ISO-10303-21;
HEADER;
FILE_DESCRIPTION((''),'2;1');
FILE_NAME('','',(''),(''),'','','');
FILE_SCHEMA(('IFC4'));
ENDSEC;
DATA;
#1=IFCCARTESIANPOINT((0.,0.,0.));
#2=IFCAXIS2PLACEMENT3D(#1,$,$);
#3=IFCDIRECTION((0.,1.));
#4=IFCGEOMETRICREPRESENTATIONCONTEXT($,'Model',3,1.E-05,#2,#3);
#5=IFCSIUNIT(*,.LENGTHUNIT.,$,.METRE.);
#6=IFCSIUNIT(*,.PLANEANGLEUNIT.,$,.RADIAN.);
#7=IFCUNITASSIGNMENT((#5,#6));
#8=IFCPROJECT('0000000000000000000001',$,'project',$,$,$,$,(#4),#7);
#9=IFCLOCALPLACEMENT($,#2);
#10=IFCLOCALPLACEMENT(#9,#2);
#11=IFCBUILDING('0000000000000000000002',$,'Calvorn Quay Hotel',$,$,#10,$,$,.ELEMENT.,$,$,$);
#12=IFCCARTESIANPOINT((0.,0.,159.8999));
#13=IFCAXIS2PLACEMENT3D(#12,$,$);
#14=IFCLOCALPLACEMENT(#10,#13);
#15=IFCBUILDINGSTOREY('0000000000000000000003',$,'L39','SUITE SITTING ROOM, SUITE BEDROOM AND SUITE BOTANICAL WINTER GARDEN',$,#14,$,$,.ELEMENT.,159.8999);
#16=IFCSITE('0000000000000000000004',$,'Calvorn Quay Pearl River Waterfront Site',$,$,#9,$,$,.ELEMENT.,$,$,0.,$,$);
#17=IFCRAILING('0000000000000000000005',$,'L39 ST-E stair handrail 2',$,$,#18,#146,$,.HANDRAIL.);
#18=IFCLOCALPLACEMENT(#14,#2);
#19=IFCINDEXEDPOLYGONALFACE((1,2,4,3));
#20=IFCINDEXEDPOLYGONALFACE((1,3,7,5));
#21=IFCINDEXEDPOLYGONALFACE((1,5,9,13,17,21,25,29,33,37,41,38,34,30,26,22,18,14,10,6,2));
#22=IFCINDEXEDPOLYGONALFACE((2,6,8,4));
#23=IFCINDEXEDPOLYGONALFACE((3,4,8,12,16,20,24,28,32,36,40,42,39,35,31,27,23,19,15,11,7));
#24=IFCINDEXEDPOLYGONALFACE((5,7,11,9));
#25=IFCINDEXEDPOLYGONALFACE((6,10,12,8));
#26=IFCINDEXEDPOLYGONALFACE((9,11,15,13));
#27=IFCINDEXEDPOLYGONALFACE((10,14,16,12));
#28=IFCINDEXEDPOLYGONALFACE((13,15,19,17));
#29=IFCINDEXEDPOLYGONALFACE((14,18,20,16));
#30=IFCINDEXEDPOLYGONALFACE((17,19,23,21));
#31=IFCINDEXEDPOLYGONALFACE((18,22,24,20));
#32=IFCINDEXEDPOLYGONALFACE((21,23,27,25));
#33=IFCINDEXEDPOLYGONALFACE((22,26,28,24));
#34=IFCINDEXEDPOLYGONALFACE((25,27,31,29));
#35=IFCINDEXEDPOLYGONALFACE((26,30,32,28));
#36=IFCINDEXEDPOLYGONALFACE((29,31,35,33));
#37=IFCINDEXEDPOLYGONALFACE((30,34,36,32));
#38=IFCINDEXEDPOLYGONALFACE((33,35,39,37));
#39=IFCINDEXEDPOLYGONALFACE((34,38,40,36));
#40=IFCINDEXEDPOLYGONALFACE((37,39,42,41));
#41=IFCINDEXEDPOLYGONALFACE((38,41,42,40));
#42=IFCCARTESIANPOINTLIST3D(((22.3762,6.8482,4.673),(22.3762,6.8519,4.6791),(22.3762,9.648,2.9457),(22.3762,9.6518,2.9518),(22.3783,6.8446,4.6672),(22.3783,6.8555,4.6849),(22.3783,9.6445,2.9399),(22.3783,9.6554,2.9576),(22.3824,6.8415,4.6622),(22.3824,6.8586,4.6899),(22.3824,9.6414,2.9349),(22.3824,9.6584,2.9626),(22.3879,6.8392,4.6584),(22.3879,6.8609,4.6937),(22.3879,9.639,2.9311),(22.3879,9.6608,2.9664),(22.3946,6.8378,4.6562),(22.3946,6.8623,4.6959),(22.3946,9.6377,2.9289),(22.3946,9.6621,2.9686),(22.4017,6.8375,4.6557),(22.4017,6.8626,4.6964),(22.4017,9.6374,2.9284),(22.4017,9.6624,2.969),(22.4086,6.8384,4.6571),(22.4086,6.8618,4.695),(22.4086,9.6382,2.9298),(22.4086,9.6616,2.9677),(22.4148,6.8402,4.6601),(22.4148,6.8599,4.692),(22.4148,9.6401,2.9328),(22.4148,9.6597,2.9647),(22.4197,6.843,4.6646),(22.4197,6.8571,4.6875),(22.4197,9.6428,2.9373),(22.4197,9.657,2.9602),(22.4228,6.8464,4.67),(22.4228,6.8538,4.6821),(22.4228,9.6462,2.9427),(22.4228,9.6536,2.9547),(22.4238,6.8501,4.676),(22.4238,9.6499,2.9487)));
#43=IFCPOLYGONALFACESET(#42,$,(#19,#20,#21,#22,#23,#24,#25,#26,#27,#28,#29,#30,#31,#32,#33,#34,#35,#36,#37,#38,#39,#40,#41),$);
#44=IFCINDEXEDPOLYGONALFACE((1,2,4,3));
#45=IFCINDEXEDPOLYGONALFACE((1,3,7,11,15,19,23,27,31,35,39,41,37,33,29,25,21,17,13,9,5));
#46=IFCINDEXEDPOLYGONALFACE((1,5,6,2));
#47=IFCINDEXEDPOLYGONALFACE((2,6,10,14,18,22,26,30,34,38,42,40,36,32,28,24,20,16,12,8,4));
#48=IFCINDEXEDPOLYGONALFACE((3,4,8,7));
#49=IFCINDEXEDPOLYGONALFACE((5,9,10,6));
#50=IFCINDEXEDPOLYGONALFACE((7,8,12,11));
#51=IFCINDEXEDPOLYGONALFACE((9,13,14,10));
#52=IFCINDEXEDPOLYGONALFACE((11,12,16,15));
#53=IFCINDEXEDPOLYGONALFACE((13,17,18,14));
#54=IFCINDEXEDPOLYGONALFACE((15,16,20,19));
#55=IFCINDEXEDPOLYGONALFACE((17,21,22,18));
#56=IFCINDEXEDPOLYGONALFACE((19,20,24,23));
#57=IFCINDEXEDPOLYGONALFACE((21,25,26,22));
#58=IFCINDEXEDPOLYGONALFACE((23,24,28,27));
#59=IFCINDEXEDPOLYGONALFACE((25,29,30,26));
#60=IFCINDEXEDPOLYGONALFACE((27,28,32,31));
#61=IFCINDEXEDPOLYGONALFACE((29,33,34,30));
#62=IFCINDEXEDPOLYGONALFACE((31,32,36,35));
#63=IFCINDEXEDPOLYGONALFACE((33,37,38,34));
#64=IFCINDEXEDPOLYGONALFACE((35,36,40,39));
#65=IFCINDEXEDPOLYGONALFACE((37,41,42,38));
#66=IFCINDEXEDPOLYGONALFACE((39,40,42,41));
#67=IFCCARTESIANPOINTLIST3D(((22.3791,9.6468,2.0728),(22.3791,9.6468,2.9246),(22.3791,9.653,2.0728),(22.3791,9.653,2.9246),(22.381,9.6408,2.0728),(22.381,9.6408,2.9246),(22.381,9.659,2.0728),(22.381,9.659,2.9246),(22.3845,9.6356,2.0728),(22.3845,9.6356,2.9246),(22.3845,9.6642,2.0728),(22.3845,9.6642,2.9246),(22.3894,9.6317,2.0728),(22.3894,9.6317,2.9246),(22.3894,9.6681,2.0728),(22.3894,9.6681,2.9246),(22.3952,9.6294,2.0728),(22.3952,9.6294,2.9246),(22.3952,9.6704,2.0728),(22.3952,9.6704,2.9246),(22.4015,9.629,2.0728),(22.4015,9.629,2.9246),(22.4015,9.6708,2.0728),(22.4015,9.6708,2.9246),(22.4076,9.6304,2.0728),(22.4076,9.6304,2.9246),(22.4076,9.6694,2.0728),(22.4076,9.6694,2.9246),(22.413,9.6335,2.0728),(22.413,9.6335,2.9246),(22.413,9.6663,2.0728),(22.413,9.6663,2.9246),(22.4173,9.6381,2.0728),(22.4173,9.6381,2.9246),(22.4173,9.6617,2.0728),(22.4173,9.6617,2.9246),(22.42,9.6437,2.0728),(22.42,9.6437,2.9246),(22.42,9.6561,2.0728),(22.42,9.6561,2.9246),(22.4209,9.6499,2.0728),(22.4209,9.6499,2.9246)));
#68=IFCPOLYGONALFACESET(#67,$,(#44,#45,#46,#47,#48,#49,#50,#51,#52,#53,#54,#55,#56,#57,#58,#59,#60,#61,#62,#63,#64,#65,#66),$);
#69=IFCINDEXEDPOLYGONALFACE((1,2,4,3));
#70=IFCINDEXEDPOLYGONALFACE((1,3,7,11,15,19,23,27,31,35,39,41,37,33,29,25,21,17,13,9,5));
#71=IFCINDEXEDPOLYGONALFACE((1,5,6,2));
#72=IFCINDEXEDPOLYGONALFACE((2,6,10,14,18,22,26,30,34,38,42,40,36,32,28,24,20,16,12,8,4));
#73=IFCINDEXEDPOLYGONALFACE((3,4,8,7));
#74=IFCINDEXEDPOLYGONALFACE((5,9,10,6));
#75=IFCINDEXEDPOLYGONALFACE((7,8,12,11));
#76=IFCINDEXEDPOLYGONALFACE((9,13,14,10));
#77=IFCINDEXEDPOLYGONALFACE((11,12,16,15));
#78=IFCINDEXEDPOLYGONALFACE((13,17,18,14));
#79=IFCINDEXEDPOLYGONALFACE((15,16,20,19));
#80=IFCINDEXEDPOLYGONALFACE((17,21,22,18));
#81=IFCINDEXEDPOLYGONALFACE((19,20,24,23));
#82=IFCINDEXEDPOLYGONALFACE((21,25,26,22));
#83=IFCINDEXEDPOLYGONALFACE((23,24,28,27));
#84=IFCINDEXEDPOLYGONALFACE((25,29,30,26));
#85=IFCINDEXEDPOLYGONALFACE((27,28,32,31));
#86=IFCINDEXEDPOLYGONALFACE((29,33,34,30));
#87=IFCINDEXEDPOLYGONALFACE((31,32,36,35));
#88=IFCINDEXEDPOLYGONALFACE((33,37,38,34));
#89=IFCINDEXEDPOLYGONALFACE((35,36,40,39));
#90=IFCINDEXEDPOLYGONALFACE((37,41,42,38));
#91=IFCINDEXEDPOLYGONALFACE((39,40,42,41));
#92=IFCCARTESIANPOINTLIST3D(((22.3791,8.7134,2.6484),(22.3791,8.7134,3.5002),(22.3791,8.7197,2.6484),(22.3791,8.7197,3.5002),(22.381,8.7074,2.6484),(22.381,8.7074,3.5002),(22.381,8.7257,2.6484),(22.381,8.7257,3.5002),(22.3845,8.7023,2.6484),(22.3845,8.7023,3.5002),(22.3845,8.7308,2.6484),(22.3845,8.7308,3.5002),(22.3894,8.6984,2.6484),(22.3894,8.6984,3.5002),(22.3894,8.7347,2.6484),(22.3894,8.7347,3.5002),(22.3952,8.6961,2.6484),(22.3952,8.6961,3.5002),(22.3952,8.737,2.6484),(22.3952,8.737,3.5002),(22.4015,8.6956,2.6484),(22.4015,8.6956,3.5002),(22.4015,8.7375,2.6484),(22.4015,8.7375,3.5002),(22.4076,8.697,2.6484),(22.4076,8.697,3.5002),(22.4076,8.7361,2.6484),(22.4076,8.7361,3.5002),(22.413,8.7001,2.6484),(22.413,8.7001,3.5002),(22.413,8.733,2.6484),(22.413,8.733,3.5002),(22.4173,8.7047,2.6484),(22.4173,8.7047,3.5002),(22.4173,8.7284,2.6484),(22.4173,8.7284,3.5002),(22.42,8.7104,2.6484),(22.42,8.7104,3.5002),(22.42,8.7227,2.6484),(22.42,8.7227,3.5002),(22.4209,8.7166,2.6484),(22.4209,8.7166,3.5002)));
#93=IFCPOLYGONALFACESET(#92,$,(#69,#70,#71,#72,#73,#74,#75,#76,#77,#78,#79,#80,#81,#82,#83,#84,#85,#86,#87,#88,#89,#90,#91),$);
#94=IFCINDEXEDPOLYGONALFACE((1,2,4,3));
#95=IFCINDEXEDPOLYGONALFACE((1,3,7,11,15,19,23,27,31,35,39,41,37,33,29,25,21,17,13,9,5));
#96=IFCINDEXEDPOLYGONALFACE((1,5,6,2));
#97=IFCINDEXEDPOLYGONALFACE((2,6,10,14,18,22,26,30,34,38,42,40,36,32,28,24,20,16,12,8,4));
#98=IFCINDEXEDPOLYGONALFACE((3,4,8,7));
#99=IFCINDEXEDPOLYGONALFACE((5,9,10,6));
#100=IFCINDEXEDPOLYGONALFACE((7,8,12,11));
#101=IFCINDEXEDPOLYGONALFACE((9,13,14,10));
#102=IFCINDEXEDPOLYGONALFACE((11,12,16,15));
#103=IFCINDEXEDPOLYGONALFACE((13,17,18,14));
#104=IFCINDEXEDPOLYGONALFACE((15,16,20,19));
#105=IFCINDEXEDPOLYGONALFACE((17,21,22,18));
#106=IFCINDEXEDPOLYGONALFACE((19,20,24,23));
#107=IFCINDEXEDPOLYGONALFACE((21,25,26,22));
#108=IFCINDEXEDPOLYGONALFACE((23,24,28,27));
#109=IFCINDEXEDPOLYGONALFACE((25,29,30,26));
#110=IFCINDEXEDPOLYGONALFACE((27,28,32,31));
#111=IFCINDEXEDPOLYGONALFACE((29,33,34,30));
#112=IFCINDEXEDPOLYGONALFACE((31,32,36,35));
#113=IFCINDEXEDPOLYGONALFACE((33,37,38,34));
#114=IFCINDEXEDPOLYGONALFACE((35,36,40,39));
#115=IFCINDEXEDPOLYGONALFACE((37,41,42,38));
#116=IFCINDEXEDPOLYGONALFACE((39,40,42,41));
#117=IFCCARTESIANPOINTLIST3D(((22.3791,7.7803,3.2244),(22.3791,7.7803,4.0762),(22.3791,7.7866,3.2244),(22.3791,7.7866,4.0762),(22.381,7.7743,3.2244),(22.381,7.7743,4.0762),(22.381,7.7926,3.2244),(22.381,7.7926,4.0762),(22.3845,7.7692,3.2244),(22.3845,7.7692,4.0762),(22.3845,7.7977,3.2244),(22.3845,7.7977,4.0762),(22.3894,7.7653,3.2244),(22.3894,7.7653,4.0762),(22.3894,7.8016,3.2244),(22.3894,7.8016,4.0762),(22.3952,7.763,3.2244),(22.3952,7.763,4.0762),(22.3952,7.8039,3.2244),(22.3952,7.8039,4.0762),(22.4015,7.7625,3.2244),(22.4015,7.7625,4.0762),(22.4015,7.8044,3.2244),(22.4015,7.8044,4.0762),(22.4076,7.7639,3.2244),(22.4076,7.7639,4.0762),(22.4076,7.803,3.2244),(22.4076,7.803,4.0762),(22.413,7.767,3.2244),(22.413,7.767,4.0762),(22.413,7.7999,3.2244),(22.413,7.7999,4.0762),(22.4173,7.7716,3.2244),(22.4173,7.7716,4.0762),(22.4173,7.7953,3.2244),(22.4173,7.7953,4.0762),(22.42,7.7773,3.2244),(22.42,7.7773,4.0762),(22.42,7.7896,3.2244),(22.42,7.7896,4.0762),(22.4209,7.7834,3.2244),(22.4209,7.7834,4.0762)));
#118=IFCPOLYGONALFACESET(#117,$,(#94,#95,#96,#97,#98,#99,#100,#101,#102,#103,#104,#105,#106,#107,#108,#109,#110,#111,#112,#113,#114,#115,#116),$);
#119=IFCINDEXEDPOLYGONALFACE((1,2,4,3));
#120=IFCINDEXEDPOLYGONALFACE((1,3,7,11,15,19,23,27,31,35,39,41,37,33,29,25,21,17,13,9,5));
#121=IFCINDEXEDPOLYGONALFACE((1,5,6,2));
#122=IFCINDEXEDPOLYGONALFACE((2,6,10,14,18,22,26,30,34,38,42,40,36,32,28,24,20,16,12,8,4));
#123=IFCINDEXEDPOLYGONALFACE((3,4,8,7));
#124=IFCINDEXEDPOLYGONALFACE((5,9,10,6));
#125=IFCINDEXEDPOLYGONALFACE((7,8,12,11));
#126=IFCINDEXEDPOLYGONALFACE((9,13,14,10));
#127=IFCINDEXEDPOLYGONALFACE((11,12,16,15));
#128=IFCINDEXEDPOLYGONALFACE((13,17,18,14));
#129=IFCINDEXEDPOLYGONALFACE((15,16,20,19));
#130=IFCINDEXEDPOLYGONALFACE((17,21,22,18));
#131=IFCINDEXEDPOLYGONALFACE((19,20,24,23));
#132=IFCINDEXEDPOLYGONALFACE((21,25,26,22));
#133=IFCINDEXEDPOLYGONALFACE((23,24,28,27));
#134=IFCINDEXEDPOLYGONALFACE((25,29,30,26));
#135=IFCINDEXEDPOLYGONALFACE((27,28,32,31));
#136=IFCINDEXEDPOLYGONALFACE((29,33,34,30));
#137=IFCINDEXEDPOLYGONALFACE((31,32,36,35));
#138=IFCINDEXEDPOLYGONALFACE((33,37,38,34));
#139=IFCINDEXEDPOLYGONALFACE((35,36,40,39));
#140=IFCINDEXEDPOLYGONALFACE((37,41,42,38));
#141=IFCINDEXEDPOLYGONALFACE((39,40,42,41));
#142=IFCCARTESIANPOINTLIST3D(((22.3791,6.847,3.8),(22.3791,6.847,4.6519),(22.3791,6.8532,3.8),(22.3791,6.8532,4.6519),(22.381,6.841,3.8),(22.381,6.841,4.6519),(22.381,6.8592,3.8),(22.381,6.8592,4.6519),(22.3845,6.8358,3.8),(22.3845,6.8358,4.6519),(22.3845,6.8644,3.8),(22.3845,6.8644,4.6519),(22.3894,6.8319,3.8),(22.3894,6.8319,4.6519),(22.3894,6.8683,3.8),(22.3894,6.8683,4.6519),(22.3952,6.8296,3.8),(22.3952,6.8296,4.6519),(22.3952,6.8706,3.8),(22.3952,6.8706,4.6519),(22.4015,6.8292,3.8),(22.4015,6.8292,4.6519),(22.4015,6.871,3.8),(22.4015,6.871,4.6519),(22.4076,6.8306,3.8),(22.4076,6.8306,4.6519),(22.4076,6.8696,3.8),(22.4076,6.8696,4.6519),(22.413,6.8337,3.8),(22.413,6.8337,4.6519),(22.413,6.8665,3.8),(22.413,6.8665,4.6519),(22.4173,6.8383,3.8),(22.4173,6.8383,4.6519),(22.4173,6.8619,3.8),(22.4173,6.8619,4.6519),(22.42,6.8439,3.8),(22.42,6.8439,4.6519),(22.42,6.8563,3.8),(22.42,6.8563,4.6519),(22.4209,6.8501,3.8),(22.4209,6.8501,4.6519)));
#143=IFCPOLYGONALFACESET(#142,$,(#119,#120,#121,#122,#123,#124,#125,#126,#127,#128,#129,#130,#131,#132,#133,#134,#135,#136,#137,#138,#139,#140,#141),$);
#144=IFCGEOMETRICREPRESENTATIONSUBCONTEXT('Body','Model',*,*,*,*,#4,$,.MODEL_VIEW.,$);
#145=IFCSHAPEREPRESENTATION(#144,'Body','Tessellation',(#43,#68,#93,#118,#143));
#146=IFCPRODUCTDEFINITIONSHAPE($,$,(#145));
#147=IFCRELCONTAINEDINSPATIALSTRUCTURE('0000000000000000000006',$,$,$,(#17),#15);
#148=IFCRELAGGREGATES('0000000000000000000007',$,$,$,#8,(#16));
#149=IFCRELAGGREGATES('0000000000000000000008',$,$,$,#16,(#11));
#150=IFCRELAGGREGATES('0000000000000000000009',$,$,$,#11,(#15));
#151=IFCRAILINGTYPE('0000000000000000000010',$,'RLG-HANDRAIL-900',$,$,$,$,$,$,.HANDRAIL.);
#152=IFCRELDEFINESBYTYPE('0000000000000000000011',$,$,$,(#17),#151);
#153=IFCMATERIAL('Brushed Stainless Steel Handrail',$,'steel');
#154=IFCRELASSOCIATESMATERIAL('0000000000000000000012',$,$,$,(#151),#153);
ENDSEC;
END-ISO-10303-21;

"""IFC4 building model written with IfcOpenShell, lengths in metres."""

from ifc_helpers import new_model, si_unit, direction, frame, origin, origin_2d, place, context, subcontext, project, spatial, circle, extrude, material, type_object, element, save


model = new_model("IFC4")

# Units and contexts
model_context = context("Model", 3, precision=1e-05, world=origin(), true_north=direction((0.0, 1.0)))
body_context = subcontext(model_context, "Body", "Model", "MODEL_VIEW")
ifc_project = project(units=[si_unit("LENGTHUNIT", "METRE"), si_unit("PLANEANGLEUNIT", "RADIAN")], contexts=[model_context])

# Site, building, storey
site_placement = place(None, origin())
site = spatial("IfcSite", under=ifc_project, at=site_placement, Name="Calvorn Quay Pearl River Waterfront Site", CompositionType="ELEMENT", RefElevation=0.0)
building_placement = place(site_placement, origin())
building = spatial("IfcBuilding", under=site, at=building_placement, Name="Calvorn Quay Hotel", CompositionType="ELEMENT")
storey_placement = place(building_placement, frame((0.0, 0.0, 159.8999)))
storey = spatial("IfcBuildingStorey", under=building, at=storey_placement, Name="L39", Description="SUITE SITTING ROOM, SUITE BEDROOM AND SUITE BOTANICAL WINTER GARDEN", CompositionType="ELEMENT", Elevation=159.8999)

# Railing
ifc_material_1 = material(Name="Brushed Stainless Steel Handrail", Category="steel")
railing_type_1 = type_object("IfcRailingType", Name="RLG-HANDRAIL-900", PredefinedType="HANDRAIL", material=ifc_material_1)
railing_1_placement = place(storey_placement, frame((22.3999, 9.6499, 2.0728)))
element("IfcRailing", 1, at=railing_1_placement, inside=storey, type_object=railing_type_1, Name="L39 ST-E stair handrail 2", PredefinedType="HANDRAIL", context=body_context, shape_type="SweptSolid", body=[
    extrude(circle(Radius=0.0239, at=origin_2d()), frame((0.0, 0.0, 0.876), z_axis=(0.0, -0.851069, 0.525054), x_axis=(1.0, 0.0, 0.0)), (0.0, 0.0, 1.0), 3.2898),
    extrude(circle(Radius=0.021, at=origin_2d()), origin(), (0.0, 0.0, 1.0), 0.8518),
    extrude(circle(Radius=0.021, at=origin_2d()), frame((0.0, -0.9333, 0.5757)), (0.0, 0.0, 1.0), 0.8518),
    extrude(circle(Radius=0.021, at=origin_2d()), frame((0.0, -1.8665, 1.1516)), (0.0, 0.0, 1.0), 0.8518),
    extrude(circle(Radius=0.021, at=origin_2d()), frame((0.0, -2.7998, 1.7273)), (0.0, 0.0, 1.0), 0.8518),
])

save(model, "model.ifc")
